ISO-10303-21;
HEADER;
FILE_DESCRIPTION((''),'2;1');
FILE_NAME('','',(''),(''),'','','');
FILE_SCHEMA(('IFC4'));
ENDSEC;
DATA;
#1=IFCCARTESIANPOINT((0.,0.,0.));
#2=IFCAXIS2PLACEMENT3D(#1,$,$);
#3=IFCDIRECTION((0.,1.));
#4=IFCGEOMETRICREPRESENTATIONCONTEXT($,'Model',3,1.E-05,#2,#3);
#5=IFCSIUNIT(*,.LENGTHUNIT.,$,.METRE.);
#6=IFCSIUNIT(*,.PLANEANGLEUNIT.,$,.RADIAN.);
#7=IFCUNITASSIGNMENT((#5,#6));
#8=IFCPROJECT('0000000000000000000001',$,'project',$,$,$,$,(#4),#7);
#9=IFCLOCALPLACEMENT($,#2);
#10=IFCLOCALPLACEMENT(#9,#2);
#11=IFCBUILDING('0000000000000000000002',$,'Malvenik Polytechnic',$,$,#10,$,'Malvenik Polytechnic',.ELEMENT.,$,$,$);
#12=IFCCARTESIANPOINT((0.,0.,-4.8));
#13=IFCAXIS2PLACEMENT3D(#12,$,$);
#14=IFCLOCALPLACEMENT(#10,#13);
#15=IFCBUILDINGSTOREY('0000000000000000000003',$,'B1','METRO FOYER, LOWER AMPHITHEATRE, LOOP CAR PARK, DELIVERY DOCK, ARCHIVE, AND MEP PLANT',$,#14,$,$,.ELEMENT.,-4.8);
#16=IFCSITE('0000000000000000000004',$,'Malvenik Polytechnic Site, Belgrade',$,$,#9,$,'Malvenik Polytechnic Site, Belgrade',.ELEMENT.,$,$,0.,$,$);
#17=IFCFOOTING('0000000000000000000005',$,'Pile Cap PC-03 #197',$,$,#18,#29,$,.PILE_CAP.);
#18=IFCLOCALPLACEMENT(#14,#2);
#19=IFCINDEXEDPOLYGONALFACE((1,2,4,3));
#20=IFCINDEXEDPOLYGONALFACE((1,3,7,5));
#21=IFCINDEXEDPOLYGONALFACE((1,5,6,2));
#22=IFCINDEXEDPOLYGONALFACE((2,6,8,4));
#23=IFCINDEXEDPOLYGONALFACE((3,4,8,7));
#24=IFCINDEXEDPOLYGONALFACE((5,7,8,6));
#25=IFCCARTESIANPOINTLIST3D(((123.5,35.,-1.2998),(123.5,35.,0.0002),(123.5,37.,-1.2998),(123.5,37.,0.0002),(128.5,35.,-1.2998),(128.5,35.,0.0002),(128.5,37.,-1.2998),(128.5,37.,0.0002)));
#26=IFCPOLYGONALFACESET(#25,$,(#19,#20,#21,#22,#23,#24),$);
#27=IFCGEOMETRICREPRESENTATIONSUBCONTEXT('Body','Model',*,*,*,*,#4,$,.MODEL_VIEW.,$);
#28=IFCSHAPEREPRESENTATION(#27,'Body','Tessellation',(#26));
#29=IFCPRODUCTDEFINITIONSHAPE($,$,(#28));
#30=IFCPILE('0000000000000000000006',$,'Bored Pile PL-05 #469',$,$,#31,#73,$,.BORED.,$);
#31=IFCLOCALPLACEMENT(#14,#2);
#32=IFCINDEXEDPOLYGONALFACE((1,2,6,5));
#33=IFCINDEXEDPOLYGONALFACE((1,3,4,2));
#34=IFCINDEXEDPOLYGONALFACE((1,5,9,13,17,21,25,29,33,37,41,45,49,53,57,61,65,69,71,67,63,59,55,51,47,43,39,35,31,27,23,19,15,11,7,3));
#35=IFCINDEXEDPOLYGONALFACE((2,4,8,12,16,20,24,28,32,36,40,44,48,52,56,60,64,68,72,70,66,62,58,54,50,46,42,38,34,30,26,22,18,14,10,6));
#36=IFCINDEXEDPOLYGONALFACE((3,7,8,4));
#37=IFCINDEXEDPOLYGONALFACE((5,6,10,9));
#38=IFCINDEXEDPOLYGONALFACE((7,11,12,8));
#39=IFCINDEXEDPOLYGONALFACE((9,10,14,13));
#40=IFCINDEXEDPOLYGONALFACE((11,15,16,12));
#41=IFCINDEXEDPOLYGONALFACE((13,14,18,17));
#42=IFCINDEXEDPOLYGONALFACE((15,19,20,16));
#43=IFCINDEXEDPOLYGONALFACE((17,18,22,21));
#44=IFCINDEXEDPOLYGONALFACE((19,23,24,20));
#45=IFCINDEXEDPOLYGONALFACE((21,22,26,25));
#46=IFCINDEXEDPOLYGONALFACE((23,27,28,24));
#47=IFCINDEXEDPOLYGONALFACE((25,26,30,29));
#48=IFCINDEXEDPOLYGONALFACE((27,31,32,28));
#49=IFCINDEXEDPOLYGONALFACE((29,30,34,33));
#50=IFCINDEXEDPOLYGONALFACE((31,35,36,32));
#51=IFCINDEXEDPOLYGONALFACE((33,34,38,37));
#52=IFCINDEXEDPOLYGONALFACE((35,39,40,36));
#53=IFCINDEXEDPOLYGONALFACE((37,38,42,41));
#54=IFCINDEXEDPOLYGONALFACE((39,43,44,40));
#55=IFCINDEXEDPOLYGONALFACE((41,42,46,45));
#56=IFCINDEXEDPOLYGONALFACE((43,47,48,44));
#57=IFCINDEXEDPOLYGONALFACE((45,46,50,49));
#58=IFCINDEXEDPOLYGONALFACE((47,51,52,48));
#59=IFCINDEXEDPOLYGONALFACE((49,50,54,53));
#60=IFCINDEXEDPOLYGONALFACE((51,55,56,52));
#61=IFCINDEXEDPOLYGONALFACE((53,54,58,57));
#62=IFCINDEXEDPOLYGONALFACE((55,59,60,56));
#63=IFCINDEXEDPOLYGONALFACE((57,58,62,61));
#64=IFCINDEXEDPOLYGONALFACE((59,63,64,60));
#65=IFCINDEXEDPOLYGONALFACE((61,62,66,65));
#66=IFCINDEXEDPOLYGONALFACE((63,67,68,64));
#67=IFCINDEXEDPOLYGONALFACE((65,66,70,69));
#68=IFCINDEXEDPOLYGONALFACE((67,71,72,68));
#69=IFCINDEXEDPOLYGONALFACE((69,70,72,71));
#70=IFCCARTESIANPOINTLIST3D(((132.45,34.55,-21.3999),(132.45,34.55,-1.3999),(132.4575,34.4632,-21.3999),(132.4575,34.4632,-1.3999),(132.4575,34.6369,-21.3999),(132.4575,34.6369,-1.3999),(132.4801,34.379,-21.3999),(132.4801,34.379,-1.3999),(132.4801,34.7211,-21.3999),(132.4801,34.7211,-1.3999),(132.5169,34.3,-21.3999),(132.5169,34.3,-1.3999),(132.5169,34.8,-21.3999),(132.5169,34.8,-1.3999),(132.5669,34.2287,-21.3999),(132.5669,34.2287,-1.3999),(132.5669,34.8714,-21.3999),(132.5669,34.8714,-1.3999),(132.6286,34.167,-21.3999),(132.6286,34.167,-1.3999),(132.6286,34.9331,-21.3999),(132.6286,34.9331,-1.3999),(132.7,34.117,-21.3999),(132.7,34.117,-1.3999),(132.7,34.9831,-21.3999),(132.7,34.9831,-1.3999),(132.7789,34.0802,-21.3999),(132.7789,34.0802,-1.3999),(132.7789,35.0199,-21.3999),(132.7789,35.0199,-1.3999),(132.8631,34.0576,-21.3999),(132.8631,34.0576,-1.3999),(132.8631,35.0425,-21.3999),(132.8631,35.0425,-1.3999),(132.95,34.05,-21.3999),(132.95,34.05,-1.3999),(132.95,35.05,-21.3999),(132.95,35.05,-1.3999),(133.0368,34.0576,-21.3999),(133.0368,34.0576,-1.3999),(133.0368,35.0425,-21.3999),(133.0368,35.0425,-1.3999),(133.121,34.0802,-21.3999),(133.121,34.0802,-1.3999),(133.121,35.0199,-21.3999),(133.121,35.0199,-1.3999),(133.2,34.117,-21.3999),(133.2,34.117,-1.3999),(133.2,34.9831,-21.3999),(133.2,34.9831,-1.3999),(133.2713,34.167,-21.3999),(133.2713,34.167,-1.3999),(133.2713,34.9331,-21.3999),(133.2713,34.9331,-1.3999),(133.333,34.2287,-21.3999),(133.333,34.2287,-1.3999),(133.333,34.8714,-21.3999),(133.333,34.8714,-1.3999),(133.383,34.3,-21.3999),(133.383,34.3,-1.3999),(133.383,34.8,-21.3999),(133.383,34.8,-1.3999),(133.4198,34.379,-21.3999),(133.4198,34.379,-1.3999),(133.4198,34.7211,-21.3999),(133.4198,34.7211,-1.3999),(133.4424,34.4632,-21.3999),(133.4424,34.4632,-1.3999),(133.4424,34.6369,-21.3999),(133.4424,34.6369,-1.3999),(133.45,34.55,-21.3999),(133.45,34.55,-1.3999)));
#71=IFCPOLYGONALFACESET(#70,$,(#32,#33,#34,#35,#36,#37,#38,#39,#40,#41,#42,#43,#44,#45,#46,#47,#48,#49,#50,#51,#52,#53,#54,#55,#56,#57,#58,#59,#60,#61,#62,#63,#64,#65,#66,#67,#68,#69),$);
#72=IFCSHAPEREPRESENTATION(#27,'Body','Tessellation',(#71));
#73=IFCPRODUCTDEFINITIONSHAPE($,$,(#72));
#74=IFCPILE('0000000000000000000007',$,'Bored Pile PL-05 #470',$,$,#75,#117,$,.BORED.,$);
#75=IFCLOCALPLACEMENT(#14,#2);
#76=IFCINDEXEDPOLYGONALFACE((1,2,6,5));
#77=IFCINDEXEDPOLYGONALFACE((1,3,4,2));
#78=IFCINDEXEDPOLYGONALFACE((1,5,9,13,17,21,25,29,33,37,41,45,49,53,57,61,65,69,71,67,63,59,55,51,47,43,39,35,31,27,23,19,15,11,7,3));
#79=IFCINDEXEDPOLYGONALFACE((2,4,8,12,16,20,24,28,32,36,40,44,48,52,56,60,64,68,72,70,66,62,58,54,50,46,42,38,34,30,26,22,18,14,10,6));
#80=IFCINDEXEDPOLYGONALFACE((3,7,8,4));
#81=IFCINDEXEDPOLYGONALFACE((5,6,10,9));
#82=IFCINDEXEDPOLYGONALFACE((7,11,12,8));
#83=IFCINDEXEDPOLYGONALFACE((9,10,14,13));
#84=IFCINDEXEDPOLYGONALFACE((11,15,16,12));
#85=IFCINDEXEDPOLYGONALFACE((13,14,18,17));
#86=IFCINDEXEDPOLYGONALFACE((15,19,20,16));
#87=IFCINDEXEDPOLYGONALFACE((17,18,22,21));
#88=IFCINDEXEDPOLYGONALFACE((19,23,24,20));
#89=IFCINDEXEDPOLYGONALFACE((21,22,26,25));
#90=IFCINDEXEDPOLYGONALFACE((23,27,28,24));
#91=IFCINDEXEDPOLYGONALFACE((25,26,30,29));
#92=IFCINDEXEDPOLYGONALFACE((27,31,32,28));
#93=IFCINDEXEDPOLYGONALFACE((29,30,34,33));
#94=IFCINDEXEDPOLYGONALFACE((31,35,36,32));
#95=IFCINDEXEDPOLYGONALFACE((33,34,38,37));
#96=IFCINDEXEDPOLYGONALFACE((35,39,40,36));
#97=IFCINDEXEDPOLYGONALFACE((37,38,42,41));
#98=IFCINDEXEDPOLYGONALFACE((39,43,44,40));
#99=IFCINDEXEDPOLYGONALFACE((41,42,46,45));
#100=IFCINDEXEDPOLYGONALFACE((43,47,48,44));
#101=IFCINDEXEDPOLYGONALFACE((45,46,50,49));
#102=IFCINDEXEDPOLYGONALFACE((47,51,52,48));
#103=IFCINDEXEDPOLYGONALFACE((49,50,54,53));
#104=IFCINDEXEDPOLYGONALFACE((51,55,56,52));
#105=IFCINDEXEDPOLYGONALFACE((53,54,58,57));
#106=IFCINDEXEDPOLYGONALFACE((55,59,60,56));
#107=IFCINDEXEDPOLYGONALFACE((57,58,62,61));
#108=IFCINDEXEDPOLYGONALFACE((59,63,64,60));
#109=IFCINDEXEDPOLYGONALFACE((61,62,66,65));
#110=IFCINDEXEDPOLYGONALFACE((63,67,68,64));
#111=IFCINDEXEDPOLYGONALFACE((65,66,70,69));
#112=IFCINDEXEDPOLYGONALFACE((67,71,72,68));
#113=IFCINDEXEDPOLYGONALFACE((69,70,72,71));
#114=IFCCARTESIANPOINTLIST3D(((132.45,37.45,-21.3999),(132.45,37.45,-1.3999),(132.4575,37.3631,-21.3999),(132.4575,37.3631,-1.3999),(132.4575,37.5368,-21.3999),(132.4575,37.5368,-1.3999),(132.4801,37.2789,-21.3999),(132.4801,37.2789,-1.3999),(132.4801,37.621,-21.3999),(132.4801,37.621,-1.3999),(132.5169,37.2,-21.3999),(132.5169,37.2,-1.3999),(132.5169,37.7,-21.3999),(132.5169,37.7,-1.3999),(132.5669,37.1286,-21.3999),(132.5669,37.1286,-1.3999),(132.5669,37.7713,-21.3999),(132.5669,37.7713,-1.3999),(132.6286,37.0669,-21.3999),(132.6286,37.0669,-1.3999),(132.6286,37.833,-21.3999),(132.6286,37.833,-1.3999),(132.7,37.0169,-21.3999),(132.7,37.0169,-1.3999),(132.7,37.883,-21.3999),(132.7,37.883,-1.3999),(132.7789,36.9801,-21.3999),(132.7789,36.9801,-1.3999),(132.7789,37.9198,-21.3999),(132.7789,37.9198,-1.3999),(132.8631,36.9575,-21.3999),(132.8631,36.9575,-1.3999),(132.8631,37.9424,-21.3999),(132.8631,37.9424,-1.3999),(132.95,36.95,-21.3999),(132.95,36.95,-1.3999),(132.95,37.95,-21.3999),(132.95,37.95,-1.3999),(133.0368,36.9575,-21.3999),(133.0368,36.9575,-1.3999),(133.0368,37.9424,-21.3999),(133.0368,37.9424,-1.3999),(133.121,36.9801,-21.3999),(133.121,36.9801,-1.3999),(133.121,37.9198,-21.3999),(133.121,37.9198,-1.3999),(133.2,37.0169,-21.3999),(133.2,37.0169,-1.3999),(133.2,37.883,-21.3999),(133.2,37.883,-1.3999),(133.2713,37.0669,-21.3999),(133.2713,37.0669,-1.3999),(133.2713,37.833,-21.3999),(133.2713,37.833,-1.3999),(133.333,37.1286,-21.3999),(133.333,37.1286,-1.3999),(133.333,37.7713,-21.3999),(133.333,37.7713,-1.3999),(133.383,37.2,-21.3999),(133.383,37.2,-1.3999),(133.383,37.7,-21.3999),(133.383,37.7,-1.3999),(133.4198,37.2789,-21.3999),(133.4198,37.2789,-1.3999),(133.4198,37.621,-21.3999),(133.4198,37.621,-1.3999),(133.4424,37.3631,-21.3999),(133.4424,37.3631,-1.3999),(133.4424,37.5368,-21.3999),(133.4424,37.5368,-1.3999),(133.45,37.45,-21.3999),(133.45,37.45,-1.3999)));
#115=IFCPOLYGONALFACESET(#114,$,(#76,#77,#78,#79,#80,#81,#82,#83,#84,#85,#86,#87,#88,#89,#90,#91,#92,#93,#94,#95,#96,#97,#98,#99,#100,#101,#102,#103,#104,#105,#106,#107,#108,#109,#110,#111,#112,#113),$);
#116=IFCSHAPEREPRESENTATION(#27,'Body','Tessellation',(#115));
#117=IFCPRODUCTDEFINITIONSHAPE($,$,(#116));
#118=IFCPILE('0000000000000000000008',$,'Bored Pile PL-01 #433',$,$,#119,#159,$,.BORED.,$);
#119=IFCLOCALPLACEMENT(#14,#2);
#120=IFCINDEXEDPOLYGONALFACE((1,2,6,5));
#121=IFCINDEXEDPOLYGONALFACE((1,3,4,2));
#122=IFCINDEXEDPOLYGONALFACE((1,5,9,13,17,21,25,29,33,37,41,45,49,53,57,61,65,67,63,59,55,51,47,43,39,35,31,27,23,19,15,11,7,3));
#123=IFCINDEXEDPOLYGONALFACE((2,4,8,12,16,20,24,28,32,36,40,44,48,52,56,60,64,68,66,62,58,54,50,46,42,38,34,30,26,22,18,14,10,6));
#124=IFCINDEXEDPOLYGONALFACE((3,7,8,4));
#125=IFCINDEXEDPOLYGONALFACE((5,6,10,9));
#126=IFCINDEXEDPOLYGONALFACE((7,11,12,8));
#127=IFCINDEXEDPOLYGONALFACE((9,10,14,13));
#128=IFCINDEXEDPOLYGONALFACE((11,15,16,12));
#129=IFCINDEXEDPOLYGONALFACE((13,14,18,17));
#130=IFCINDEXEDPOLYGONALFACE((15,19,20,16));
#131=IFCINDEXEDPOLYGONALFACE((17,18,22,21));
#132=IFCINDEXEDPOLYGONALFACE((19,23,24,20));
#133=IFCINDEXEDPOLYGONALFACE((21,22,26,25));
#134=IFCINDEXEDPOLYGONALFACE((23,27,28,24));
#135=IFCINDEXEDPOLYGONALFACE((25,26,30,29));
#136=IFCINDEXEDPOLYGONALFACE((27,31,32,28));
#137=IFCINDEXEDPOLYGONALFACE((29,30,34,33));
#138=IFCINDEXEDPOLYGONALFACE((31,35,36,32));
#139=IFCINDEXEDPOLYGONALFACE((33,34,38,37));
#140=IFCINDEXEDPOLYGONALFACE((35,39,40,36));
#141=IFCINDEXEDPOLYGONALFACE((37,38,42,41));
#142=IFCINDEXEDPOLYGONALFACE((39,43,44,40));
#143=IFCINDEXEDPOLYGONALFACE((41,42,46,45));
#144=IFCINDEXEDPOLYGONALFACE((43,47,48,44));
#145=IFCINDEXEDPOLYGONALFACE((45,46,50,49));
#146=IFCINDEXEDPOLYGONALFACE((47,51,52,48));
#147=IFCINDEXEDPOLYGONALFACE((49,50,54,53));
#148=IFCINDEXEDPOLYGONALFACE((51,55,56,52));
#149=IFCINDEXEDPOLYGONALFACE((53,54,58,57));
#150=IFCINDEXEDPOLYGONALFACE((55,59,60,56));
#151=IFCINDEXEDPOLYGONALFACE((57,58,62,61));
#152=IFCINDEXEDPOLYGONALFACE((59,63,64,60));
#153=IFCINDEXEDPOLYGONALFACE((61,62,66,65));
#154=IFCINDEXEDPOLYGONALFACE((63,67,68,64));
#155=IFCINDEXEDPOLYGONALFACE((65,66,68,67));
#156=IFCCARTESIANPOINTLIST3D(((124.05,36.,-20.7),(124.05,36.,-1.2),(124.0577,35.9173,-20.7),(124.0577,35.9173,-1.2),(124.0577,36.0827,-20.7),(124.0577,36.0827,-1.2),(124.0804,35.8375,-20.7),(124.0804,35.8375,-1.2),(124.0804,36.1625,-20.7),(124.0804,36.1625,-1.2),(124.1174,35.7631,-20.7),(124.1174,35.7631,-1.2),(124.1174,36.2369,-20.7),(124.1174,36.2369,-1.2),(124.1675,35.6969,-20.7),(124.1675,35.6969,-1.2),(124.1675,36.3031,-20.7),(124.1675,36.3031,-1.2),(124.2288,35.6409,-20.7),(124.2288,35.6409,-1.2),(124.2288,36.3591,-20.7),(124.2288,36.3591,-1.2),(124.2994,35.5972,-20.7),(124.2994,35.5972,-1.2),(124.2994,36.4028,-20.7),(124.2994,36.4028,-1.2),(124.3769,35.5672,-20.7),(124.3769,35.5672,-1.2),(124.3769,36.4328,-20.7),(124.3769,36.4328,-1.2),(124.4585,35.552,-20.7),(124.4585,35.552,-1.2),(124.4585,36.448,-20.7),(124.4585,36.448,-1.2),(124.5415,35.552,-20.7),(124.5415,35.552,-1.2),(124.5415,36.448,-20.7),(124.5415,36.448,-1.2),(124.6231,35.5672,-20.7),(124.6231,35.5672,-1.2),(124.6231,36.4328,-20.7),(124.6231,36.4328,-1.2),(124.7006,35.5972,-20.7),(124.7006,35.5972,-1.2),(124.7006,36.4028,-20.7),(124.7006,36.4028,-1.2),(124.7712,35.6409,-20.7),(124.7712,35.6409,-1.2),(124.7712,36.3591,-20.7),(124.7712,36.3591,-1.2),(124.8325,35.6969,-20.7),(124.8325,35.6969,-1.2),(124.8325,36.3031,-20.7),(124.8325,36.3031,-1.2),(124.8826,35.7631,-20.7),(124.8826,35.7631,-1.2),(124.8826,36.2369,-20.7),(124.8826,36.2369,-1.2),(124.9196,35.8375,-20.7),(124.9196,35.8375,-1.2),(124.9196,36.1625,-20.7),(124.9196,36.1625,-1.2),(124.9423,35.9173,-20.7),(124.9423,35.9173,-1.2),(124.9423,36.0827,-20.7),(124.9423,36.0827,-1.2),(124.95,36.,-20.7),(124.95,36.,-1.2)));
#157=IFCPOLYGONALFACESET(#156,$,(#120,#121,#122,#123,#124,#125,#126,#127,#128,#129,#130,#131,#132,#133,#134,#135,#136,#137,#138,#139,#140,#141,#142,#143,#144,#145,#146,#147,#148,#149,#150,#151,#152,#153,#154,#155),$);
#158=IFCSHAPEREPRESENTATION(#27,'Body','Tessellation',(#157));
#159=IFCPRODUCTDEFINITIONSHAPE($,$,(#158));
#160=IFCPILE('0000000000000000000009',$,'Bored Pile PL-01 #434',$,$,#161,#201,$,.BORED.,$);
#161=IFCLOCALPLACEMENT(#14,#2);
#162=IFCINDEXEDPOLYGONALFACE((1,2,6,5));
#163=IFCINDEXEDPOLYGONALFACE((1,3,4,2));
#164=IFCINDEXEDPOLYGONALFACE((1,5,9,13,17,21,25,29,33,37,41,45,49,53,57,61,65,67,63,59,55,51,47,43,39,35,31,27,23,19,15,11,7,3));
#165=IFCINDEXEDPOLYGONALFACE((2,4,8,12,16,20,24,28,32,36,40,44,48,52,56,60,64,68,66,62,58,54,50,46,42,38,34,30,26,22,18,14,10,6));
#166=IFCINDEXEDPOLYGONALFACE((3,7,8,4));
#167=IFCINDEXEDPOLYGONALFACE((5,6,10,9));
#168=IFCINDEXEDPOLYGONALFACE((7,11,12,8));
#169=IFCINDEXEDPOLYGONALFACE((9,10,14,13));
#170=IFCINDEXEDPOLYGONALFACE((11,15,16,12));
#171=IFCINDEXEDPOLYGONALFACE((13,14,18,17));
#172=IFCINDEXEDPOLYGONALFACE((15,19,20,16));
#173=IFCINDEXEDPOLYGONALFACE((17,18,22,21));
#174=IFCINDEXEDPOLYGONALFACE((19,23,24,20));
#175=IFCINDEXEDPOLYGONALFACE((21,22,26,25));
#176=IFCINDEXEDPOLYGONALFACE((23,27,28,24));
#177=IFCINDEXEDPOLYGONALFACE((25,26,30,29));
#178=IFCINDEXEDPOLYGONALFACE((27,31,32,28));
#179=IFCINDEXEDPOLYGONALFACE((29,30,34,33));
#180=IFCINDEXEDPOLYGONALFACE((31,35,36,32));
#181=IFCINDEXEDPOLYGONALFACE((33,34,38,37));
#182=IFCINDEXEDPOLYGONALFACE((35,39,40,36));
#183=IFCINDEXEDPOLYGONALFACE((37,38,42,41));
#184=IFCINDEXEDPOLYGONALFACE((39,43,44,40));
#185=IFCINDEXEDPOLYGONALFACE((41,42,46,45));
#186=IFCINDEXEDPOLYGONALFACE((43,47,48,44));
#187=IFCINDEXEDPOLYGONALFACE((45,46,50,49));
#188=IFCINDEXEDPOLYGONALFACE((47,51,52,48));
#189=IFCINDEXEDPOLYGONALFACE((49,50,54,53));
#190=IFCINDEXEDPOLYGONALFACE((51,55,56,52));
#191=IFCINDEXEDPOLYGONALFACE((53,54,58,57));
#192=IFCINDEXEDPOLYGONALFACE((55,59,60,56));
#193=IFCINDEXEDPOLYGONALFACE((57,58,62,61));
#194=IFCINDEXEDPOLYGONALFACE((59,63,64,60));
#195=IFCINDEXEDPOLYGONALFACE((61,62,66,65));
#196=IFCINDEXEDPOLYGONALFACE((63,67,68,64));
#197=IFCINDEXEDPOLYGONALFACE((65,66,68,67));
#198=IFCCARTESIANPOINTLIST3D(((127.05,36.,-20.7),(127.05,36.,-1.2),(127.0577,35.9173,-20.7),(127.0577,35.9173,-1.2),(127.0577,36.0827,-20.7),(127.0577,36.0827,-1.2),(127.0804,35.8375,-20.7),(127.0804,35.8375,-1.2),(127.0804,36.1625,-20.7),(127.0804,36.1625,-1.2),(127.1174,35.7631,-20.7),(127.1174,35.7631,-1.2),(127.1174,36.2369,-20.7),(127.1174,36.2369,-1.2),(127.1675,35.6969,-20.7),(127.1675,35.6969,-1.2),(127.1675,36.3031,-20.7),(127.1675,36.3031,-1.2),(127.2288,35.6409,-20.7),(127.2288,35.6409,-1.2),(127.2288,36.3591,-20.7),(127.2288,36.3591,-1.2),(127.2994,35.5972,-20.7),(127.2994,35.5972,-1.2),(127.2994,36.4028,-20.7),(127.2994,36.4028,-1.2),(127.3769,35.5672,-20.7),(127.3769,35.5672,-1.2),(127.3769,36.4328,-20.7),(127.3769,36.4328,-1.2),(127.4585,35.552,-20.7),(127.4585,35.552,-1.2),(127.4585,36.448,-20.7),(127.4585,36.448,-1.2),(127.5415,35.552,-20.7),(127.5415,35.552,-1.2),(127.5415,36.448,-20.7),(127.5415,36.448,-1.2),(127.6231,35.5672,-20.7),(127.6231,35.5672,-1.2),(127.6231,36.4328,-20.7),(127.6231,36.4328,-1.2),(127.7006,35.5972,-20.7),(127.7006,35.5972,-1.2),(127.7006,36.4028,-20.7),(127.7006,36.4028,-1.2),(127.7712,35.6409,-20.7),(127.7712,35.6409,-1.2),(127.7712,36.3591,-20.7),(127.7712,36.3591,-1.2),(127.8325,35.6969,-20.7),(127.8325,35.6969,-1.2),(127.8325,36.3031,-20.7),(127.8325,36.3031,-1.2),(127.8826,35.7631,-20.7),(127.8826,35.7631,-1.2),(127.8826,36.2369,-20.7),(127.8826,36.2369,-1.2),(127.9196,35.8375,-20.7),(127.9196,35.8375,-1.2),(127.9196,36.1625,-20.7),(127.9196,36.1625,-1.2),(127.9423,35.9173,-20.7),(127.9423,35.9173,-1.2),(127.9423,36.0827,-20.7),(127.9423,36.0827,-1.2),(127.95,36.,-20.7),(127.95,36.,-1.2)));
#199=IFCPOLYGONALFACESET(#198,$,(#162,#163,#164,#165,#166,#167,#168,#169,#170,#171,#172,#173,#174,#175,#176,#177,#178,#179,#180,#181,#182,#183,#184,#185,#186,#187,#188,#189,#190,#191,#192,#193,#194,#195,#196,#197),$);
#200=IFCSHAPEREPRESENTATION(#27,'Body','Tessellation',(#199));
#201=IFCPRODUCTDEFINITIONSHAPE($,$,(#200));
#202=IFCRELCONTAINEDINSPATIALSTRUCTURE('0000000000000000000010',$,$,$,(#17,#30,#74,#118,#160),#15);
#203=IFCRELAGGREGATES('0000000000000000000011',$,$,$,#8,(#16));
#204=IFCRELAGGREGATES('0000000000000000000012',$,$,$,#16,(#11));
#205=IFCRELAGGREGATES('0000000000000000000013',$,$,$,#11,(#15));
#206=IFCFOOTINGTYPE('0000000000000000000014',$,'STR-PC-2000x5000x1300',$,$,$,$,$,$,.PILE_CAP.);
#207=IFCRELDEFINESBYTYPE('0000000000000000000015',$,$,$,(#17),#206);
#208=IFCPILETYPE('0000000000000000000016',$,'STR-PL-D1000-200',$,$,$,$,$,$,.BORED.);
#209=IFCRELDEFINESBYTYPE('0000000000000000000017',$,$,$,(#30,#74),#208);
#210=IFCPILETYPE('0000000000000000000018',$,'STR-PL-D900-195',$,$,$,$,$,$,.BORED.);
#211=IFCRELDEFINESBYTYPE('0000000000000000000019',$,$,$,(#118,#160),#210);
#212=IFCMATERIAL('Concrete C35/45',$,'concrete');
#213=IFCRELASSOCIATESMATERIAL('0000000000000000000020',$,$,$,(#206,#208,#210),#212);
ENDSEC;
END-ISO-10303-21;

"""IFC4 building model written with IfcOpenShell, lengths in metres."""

from ifc_helpers import new_model, si_unit, direction, frame, origin, origin_2d, place, context, subcontext, project, spatial, rectangle, circle, extrude, material, material_profile, profile_set, type_object, element, save


model = new_model("IFC4")

# Units and contexts
model_context = context("Model", 3, precision=1e-05, world=origin(), true_north=direction((0.0, 1.0)))
body_context = subcontext(model_context, "Body", "Model", "MODEL_VIEW")
ifc_project = project(units=[si_unit("LENGTHUNIT", "METRE"), si_unit("PLANEANGLEUNIT", "RADIAN")], contexts=[model_context])

# Site, building, storey
site_placement = place(None, origin())
site = spatial("IfcSite", under=ifc_project, at=site_placement, Name="Malvenik Polytechnic Site, Belgrade", LongName="Malvenik Polytechnic Site, Belgrade", CompositionType="ELEMENT", RefElevation=0.0)
building_placement = place(site_placement, origin())
building = spatial("IfcBuilding", under=site, at=building_placement, Name="Malvenik Polytechnic", LongName="Malvenik Polytechnic", CompositionType="ELEMENT")
storey_placement = place(building_placement, frame((0.0, 0.0, -4.8)))
storey = spatial("IfcBuildingStorey", under=building, at=storey_placement, Name="B1", Description="METRO FOYER, LOWER AMPHITHEATRE, LOOP CAR PARK, DELIVERY DOCK, ARCHIVE, AND MEP PLANT", CompositionType="ELEMENT", Elevation=-4.8)

# Footing
ifc_material_1 = material(Name="Concrete C35/45", Category="concrete")
footing_type_1 = type_object("IfcFootingType", Name="STR-PC-2000x5000x1300", PredefinedType="PILE_CAP", material=ifc_material_1)
footing_placement = place(storey_placement, frame((126.0, 36.0, -1.2998), z_axis=(0.0, 0.0, 1.0), x_axis=(1.0, 0.0, 0.0)))
element("IfcFooting", 1, at=footing_placement, inside=storey, type_object=footing_type_1, Name="Pile Cap PC-03 #197", PredefinedType="PILE_CAP", context=body_context, shape_type="SweptSolid", body=[
    extrude(rectangle(XDim=5.0, YDim=2.0, at=origin_2d()), origin(), (0.0, 0.0, 1.0), 1.3),
])

# Piles
ifc_material_profile_1 = material_profile(ifc_material_1, circle(Radius=0.5, at=origin_2d()), Name="BORED PILE D1000")
ifc_profile_set_1 = profile_set([ifc_material_profile_1], Name="Concrete C35/45")
pile_type_1 = type_object("IfcPileType", Name="STR-PL-D1000-200", PredefinedType="BORED", material=ifc_profile_set_1)
for number, where, z_axis, x_axis, name in (
    (2, (132.95, 34.55, -1.3999), (0.0, 0.0, -1.0), (1.0, 0.0, 0.0), "Bored Pile PL-05 #469"),
    (3, (132.95, 37.45, -1.3999), (0.0, 0.0, -1.0), (1.0, 0.0, 0.0), "Bored Pile PL-05 #470"),
):
    element("IfcPile", number, at=place(storey_placement, frame(where, z_axis=z_axis, x_axis=x_axis)), inside=storey, type_object=pile_type_1, Name=name, PredefinedType="BORED", context=body_context, shape_type="SweptSolid", body=[
        extrude(circle(Radius=0.5, at=origin_2d()), origin(), (0.0, 0.0, 1.0), 20.0),
    ])
ifc_material_profile_2 = material_profile(ifc_material_1, circle(Radius=0.45, at=origin_2d()), Name="BORED PILE D900")
ifc_profile_set_2 = profile_set([ifc_material_profile_2], Name="Concrete C35/45")
pile_type_2 = type_object("IfcPileType", Name="STR-PL-D900-195", PredefinedType="BORED", material=ifc_profile_set_2)
for number, where, z_axis, x_axis, name in (
    (4, (124.5, 36.0, -1.2), (0.0, 0.0, -1.0), (1.0, 0.0, 0.0), "Bored Pile PL-01 #433"),
    (5, (127.5, 36.0, -1.2), (0.0, 0.0, -1.0), (1.0, 0.0, 0.0), "Bored Pile PL-01 #434"),
):
    element("IfcPile", number, at=place(storey_placement, frame(where, z_axis=z_axis, x_axis=x_axis)), inside=storey, type_object=pile_type_2, Name=name, PredefinedType="BORED", context=body_context, shape_type="SweptSolid", body=[
        extrude(circle(Radius=0.45, at=origin_2d()), origin(), (0.0, 0.0, 1.0), 19.5),
    ])

save(model, "model.ifc")
